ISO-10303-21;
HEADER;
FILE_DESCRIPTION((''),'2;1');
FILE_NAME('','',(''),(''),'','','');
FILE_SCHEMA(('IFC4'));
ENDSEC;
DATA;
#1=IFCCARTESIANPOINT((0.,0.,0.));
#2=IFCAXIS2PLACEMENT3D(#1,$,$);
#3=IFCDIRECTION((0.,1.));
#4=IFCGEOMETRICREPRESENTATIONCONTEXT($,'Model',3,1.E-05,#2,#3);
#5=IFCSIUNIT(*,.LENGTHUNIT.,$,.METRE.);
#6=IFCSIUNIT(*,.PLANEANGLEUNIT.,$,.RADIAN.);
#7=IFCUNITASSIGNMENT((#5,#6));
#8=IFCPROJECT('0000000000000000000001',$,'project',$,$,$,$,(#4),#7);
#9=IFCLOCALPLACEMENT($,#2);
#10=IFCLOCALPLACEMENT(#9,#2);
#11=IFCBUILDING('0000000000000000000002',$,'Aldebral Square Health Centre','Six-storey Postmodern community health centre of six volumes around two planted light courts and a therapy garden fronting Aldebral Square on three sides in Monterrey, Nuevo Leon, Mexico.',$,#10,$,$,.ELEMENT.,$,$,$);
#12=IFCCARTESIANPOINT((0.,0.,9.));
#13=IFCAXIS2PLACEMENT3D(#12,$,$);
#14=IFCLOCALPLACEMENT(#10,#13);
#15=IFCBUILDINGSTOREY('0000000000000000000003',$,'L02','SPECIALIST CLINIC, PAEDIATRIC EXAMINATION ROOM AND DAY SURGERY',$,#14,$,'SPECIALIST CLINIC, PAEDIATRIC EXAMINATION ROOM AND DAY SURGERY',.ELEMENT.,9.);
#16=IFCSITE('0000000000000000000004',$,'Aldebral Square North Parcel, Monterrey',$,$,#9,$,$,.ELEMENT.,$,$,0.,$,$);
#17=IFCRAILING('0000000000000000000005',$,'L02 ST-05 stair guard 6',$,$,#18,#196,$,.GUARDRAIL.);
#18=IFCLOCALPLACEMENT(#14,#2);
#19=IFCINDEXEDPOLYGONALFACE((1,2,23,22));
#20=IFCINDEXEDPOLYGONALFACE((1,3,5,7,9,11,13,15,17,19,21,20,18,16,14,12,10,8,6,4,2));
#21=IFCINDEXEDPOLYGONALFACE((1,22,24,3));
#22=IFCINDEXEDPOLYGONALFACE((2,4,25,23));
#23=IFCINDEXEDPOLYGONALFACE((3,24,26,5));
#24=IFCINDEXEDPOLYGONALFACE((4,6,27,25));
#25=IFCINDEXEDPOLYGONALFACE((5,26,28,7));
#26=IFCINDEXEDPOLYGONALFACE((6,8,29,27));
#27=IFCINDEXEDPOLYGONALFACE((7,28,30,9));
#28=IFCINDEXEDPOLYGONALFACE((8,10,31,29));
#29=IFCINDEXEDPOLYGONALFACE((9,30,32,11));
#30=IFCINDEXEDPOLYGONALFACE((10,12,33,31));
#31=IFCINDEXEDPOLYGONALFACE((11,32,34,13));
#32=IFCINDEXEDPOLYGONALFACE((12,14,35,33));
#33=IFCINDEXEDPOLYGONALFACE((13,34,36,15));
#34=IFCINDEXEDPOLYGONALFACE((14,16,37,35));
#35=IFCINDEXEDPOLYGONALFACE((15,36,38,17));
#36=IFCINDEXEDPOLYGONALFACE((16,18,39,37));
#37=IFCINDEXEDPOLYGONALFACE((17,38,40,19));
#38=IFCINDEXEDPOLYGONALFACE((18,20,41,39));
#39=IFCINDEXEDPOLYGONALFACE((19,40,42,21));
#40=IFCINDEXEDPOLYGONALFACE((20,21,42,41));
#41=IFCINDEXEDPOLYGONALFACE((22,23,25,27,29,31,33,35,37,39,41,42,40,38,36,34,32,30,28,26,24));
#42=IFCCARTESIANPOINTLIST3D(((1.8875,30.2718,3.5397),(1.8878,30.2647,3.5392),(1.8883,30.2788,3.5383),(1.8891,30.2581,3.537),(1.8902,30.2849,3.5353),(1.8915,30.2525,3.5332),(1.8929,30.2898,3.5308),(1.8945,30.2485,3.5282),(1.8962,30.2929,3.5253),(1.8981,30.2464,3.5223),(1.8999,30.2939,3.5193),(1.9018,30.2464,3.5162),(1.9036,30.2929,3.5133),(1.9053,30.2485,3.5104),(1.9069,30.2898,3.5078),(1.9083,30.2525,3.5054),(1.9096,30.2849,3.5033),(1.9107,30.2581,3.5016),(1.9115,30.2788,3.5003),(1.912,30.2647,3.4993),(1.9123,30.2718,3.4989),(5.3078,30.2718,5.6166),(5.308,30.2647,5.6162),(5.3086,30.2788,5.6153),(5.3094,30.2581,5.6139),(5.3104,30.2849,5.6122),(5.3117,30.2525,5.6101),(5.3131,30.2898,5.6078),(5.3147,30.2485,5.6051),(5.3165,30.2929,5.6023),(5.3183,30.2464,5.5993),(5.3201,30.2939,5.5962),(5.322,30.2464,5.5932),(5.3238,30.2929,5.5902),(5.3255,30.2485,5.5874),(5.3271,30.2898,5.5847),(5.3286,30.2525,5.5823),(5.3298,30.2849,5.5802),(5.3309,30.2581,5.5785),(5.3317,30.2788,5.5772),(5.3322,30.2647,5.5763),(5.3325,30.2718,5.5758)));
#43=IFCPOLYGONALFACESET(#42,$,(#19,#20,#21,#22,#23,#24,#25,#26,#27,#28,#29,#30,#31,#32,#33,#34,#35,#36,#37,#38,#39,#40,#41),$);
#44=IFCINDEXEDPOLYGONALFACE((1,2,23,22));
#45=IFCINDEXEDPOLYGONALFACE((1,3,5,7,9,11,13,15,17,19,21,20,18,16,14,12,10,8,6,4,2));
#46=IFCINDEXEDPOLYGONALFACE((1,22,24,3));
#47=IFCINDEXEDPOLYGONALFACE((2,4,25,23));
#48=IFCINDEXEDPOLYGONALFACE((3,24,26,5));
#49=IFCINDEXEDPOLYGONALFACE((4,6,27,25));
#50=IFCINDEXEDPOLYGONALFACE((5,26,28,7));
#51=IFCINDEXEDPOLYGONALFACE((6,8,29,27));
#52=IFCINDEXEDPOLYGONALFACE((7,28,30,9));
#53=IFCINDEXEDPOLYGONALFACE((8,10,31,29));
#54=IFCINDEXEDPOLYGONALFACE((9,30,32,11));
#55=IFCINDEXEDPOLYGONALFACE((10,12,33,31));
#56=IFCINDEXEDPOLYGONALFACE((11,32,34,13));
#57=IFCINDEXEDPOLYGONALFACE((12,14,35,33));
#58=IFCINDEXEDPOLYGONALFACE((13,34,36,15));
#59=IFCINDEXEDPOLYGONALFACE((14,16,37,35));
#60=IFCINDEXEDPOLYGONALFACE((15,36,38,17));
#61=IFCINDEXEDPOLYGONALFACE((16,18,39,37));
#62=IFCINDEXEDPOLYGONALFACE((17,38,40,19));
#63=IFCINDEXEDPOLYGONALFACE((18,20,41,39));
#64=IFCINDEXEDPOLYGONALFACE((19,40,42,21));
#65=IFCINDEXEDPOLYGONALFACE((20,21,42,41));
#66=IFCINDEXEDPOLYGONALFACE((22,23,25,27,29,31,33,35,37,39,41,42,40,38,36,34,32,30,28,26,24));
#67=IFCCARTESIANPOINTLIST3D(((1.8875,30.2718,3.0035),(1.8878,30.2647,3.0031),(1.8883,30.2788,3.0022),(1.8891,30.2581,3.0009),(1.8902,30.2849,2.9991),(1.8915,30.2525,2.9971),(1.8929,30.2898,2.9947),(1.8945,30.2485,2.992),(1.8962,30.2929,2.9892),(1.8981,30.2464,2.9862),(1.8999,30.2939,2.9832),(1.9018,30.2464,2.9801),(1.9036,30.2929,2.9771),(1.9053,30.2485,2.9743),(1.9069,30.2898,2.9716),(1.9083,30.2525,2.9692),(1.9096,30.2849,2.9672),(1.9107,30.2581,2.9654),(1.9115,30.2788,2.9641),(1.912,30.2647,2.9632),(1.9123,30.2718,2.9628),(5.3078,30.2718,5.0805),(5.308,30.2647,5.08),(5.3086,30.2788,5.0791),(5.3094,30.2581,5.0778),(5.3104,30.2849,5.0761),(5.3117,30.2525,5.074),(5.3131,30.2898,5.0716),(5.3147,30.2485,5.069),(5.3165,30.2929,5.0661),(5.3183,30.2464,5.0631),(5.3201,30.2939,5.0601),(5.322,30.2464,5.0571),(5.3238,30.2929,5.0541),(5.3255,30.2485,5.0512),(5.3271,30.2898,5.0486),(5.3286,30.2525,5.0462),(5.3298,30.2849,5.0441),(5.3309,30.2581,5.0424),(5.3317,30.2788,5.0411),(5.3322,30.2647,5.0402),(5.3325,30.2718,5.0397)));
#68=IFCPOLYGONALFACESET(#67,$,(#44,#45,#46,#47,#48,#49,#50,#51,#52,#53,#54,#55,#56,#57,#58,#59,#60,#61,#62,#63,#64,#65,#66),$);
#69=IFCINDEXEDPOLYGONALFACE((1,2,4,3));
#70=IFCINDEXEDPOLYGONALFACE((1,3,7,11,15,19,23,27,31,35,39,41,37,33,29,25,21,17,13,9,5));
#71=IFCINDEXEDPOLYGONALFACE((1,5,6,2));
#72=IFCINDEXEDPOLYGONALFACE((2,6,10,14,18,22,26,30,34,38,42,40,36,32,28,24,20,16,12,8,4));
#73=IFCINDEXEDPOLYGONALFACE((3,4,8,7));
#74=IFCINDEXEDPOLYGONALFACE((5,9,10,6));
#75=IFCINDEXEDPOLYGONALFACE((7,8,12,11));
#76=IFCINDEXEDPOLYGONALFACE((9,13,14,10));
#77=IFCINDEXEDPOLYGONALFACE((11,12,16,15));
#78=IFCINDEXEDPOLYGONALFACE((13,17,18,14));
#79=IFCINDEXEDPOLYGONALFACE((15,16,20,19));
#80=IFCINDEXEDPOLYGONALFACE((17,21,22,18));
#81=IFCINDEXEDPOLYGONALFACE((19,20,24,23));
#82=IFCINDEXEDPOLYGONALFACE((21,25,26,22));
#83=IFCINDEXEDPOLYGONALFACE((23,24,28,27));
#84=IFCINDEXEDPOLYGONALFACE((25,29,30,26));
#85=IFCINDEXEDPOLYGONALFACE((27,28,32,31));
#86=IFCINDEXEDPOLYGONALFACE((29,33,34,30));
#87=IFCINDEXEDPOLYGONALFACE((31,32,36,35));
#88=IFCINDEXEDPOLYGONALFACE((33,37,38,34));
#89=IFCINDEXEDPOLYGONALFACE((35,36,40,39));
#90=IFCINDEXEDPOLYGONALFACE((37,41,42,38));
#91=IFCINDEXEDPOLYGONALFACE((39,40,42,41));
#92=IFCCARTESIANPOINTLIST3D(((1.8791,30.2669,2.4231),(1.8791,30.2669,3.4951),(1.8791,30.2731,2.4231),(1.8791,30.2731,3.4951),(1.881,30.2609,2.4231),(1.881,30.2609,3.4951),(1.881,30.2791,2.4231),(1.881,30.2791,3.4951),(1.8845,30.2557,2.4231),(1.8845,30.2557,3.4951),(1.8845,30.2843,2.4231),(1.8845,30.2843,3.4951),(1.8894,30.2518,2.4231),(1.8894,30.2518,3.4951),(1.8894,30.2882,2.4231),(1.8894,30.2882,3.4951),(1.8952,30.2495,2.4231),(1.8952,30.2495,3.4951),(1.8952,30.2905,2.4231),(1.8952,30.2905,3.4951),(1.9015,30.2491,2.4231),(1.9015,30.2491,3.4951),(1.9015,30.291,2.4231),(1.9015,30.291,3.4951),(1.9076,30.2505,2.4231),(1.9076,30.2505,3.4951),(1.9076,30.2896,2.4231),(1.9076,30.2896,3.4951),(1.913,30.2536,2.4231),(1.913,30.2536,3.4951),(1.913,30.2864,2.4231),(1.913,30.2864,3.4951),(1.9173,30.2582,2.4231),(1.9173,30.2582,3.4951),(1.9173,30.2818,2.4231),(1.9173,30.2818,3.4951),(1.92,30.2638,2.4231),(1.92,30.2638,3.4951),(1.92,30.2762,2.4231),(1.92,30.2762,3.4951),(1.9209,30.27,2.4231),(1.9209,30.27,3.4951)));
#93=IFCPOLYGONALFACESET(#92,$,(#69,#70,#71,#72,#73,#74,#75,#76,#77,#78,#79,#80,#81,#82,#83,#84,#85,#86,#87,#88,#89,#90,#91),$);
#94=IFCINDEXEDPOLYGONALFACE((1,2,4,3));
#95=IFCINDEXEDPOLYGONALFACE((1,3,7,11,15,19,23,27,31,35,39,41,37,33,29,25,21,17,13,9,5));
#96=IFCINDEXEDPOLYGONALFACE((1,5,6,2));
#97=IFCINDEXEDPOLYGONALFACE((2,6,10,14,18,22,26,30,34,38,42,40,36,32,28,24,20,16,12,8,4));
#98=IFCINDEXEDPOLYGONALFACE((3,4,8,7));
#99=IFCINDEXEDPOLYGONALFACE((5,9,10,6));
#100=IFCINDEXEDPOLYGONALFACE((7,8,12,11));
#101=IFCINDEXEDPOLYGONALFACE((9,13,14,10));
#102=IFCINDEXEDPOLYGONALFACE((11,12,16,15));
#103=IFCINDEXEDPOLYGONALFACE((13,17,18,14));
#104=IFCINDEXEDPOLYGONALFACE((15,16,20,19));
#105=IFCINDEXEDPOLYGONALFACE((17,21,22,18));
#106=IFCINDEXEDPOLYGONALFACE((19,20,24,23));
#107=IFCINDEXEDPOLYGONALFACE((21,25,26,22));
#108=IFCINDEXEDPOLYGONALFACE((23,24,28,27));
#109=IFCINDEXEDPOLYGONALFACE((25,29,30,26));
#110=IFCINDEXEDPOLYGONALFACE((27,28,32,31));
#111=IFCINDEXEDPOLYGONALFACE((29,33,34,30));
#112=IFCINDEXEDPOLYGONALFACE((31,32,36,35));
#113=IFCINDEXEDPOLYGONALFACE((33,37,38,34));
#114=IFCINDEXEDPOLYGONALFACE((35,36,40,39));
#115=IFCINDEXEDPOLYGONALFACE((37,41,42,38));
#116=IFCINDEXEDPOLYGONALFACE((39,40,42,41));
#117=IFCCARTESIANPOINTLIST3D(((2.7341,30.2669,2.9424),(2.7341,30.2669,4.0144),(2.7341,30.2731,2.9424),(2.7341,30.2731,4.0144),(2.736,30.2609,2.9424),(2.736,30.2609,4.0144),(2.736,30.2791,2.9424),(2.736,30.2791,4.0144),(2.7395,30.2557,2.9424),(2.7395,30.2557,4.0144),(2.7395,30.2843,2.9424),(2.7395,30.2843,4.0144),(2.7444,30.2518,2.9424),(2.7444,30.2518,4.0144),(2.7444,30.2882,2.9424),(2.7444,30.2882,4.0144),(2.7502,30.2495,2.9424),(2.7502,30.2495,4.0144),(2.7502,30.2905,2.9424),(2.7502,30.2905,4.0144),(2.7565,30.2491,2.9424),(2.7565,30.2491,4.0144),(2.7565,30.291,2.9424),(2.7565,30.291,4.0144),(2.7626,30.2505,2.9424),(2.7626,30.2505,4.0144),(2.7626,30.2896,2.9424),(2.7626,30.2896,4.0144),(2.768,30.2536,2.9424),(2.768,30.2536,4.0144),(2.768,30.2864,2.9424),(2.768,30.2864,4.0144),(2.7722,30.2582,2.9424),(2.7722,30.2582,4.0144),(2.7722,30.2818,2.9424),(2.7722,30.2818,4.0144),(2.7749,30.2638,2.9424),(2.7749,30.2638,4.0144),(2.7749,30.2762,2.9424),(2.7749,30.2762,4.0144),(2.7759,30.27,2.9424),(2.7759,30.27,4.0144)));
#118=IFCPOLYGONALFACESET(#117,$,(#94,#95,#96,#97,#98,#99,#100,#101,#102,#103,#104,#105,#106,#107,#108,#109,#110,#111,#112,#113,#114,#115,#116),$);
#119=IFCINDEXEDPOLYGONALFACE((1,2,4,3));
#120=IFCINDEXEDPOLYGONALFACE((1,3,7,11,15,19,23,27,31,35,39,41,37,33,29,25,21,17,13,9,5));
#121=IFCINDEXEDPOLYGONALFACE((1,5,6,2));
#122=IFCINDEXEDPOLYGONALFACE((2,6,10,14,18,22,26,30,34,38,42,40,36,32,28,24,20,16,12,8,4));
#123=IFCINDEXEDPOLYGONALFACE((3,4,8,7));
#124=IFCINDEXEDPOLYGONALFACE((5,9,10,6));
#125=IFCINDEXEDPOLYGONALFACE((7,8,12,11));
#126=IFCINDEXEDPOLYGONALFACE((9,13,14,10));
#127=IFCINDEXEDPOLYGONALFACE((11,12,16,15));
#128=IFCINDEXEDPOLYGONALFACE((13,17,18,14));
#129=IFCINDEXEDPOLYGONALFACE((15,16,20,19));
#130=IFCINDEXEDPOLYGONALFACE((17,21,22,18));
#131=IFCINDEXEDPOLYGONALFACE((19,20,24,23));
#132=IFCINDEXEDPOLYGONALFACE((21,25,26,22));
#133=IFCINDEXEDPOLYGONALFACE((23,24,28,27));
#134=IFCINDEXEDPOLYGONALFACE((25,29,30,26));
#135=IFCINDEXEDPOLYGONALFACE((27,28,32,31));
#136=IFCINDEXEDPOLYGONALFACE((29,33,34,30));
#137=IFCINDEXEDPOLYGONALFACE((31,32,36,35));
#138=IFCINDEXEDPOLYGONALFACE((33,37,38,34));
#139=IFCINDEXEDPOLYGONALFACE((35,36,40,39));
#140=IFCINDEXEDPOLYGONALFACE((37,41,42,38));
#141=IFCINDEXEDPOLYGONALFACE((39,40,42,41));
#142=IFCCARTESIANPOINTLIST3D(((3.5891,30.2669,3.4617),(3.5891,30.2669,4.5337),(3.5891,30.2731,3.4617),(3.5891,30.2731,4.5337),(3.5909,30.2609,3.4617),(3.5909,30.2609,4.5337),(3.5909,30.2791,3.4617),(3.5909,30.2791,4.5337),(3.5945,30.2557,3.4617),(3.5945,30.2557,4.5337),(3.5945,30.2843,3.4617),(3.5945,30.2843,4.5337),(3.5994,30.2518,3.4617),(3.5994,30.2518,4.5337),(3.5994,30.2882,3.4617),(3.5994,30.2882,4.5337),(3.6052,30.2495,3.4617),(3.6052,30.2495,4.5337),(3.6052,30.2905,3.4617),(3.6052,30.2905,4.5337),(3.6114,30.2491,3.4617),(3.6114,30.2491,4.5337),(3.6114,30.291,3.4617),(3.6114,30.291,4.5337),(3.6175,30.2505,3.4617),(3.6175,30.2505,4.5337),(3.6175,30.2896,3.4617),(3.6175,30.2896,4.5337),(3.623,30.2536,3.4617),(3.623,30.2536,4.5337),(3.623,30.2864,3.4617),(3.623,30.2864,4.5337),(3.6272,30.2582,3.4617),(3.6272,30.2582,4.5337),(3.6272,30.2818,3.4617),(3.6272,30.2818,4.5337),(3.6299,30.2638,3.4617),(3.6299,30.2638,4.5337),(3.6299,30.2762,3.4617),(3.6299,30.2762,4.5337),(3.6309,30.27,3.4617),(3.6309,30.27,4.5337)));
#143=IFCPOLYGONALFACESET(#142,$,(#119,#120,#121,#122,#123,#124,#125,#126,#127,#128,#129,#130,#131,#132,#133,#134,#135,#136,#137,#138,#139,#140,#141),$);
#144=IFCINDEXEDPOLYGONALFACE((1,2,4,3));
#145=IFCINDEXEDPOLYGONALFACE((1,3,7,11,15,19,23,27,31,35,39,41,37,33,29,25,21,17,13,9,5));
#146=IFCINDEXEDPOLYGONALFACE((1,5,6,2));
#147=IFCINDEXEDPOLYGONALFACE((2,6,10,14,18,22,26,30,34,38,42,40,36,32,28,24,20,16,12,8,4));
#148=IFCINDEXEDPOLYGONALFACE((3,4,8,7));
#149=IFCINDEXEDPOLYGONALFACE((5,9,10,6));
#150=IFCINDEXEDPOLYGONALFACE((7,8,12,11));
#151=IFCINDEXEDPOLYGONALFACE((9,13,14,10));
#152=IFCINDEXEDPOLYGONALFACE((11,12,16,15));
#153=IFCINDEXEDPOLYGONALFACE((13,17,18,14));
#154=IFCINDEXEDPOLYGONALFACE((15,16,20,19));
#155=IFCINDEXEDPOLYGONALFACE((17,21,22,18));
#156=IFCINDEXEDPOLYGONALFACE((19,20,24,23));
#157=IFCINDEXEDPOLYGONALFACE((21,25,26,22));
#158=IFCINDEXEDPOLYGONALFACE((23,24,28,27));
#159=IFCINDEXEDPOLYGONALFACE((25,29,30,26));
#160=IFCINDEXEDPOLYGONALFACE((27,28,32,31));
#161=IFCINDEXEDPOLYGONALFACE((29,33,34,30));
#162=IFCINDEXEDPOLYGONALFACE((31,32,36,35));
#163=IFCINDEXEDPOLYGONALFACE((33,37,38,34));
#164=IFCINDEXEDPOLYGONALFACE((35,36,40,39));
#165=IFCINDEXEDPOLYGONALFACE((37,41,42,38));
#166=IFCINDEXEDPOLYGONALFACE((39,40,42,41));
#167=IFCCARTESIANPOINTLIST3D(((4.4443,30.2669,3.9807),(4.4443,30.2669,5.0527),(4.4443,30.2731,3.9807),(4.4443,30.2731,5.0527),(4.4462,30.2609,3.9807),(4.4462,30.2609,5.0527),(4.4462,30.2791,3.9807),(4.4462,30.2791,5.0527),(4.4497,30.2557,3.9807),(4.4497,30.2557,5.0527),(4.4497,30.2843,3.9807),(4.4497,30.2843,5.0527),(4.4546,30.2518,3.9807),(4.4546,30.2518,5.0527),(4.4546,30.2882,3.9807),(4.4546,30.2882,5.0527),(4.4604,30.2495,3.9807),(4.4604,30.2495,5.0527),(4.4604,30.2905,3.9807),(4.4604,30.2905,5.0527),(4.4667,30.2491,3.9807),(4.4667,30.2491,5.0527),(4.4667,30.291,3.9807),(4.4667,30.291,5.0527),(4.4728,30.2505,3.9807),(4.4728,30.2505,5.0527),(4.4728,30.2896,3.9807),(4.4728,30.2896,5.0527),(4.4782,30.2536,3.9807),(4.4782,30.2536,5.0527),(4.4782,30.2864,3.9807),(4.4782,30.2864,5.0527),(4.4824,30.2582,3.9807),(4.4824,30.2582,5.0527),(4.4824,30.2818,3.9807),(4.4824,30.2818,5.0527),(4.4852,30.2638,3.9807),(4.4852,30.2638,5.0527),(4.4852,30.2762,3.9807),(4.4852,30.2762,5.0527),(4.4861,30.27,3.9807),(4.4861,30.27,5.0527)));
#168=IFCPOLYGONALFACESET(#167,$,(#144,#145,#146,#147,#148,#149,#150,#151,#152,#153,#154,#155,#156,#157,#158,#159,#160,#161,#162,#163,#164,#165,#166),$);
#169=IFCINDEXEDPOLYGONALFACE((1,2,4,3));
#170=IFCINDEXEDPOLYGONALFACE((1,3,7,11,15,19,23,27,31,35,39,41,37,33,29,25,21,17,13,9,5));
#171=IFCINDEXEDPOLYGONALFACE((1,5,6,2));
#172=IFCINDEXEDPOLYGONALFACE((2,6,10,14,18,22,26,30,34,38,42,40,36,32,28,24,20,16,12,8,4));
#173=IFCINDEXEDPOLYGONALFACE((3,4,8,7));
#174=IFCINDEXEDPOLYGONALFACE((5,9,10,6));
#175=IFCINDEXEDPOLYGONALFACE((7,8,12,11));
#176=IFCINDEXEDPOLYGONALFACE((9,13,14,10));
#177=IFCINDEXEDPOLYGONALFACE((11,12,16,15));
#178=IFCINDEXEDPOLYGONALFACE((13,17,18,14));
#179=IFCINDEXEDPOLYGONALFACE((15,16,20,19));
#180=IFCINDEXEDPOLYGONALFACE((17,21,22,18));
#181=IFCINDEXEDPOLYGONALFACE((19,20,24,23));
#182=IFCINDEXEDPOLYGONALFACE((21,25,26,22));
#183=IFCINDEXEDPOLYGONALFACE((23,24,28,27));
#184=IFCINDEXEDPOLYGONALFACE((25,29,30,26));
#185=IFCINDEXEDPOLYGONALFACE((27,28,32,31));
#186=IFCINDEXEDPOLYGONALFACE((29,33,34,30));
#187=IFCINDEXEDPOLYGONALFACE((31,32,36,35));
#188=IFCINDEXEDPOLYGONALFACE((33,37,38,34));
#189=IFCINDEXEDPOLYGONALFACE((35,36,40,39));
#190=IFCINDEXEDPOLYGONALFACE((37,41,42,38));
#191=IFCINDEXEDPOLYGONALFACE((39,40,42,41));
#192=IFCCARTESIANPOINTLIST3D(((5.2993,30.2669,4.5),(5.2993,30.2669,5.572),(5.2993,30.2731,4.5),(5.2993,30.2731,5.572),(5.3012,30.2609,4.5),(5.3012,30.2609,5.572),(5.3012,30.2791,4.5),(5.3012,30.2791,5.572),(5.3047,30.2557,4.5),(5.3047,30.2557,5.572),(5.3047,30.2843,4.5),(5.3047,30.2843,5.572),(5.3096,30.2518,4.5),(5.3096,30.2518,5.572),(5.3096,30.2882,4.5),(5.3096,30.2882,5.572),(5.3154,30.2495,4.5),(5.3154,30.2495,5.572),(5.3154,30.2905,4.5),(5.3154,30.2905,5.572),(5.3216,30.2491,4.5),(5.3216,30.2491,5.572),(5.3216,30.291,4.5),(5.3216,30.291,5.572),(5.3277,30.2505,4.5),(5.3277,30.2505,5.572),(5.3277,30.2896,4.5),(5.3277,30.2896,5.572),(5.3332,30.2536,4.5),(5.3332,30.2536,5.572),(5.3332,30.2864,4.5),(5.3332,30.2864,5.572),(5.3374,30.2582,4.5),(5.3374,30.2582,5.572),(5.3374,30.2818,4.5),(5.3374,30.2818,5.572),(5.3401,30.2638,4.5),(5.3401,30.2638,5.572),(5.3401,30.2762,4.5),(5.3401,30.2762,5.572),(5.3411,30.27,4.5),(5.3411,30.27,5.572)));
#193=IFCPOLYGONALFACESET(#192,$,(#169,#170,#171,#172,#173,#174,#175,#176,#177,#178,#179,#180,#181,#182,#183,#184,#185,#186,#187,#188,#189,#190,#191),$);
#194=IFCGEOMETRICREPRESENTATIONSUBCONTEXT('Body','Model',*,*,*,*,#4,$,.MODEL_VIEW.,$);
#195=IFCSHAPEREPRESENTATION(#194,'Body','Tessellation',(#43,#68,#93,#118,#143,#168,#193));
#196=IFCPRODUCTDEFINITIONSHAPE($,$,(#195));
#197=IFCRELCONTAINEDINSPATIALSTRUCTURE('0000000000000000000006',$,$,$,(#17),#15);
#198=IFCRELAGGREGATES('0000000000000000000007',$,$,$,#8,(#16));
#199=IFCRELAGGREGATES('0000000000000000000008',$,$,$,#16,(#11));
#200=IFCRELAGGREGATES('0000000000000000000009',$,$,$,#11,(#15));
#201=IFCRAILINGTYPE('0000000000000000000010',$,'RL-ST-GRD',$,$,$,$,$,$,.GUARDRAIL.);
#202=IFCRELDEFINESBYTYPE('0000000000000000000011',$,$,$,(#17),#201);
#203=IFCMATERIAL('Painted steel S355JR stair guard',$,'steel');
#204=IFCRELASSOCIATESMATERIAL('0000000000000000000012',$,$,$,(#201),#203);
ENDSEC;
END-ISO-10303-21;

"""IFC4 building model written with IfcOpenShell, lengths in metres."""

from ifc_helpers import new_model, si_unit, direction, frame, origin, origin_2d, place, context, subcontext, project, spatial, circle, extrude, material, type_object, element, save


model = new_model("IFC4")

# Units and contexts
model_context = context("Model", 3, precision=1e-05, world=origin(), true_north=direction((0.0, 1.0)))
body_context = subcontext(model_context, "Body", "Model", "MODEL_VIEW")
ifc_project = project(units=[si_unit("LENGTHUNIT", "METRE"), si_unit("PLANEANGLEUNIT", "RADIAN")], contexts=[model_context])

# Site, building, storey
site_placement = place(None, origin())
site = spatial("IfcSite", under=ifc_project, at=site_placement, Name="Aldebral Square North Parcel, Monterrey", CompositionType="ELEMENT", RefElevation=0.0)
building_placement = place(site_placement, origin())
building = spatial("IfcBuilding", under=site, at=building_placement, Name="Aldebral Square Health Centre", Description="Six-storey Postmodern community health centre of six volumes around two planted light courts and a therapy garden fronting Aldebral Square on three sides in Monterrey, Nuevo Leon, Mexico.", CompositionType="ELEMENT")
storey_placement = place(building_placement, frame((0.0, 0.0, 9.0)))
storey = spatial("IfcBuildingStorey", under=building, at=storey_placement, Name="L02", Description="SPECIALIST CLINIC, PAEDIATRIC EXAMINATION ROOM AND DAY SURGERY", LongName="SPECIALIST CLINIC, PAEDIATRIC EXAMINATION ROOM AND DAY SURGERY", CompositionType="ELEMENT", Elevation=9.0)

# Railing
ifc_material_1 = material(Name="Painted steel S355JR stair guard", Category="steel")
railing_type_1 = type_object("IfcRailingType", Name="RL-ST-GRD", PredefinedType="GUARDRAIL", material=ifc_material_1)
railing_1_placement = place(storey_placement, frame((1.8999, 30.27, 2.4231)))
element("IfcRailing", 1, at=railing_1_placement, inside=storey, type_object=railing_type_1, Name="L02 ST-05 stair guard 6", PredefinedType="GUARDRAIL", context=body_context, shape_type="SweptSolid", body=[
    extrude(circle(Radius=0.0239, at=origin_2d()), frame((0.0, 0.0, 1.0962), z_axis=(0.854746, 0.0, 0.519047), x_axis=(0.0, 1.0, 0.0)), (0.0, 0.0, 1.0), 4.0015),
    extrude(circle(Radius=0.0239, at=origin_2d()), frame((0.0, 0.0, 0.5601), z_axis=(0.854746, 0.0, 0.519047), x_axis=(0.0, 1.0, 0.0)), (0.0, 0.0, 1.0), 4.0015),
    extrude(circle(Radius=0.021, at=origin_2d()), origin(), (0.0, 0.0, 1.0), 1.072),
    extrude(circle(Radius=0.021, at=origin_2d()), frame((0.855, 0.0, 0.5193)), (0.0, 0.0, 1.0), 1.072),
    extrude(circle(Radius=0.021, at=origin_2d()), frame((1.71, 0.0, 1.0386)), (0.0, 0.0, 1.0), 1.072),
    extrude(circle(Radius=0.021, at=origin_2d()), frame((2.5652, 0.0, 1.5576)), (0.0, 0.0, 1.0), 1.072),
    extrude(circle(Radius=0.021, at=origin_2d()), frame((3.4202, 0.0, 2.0769)), (0.0, 0.0, 1.0), 1.072),
])

save(model, "model.ifc")
